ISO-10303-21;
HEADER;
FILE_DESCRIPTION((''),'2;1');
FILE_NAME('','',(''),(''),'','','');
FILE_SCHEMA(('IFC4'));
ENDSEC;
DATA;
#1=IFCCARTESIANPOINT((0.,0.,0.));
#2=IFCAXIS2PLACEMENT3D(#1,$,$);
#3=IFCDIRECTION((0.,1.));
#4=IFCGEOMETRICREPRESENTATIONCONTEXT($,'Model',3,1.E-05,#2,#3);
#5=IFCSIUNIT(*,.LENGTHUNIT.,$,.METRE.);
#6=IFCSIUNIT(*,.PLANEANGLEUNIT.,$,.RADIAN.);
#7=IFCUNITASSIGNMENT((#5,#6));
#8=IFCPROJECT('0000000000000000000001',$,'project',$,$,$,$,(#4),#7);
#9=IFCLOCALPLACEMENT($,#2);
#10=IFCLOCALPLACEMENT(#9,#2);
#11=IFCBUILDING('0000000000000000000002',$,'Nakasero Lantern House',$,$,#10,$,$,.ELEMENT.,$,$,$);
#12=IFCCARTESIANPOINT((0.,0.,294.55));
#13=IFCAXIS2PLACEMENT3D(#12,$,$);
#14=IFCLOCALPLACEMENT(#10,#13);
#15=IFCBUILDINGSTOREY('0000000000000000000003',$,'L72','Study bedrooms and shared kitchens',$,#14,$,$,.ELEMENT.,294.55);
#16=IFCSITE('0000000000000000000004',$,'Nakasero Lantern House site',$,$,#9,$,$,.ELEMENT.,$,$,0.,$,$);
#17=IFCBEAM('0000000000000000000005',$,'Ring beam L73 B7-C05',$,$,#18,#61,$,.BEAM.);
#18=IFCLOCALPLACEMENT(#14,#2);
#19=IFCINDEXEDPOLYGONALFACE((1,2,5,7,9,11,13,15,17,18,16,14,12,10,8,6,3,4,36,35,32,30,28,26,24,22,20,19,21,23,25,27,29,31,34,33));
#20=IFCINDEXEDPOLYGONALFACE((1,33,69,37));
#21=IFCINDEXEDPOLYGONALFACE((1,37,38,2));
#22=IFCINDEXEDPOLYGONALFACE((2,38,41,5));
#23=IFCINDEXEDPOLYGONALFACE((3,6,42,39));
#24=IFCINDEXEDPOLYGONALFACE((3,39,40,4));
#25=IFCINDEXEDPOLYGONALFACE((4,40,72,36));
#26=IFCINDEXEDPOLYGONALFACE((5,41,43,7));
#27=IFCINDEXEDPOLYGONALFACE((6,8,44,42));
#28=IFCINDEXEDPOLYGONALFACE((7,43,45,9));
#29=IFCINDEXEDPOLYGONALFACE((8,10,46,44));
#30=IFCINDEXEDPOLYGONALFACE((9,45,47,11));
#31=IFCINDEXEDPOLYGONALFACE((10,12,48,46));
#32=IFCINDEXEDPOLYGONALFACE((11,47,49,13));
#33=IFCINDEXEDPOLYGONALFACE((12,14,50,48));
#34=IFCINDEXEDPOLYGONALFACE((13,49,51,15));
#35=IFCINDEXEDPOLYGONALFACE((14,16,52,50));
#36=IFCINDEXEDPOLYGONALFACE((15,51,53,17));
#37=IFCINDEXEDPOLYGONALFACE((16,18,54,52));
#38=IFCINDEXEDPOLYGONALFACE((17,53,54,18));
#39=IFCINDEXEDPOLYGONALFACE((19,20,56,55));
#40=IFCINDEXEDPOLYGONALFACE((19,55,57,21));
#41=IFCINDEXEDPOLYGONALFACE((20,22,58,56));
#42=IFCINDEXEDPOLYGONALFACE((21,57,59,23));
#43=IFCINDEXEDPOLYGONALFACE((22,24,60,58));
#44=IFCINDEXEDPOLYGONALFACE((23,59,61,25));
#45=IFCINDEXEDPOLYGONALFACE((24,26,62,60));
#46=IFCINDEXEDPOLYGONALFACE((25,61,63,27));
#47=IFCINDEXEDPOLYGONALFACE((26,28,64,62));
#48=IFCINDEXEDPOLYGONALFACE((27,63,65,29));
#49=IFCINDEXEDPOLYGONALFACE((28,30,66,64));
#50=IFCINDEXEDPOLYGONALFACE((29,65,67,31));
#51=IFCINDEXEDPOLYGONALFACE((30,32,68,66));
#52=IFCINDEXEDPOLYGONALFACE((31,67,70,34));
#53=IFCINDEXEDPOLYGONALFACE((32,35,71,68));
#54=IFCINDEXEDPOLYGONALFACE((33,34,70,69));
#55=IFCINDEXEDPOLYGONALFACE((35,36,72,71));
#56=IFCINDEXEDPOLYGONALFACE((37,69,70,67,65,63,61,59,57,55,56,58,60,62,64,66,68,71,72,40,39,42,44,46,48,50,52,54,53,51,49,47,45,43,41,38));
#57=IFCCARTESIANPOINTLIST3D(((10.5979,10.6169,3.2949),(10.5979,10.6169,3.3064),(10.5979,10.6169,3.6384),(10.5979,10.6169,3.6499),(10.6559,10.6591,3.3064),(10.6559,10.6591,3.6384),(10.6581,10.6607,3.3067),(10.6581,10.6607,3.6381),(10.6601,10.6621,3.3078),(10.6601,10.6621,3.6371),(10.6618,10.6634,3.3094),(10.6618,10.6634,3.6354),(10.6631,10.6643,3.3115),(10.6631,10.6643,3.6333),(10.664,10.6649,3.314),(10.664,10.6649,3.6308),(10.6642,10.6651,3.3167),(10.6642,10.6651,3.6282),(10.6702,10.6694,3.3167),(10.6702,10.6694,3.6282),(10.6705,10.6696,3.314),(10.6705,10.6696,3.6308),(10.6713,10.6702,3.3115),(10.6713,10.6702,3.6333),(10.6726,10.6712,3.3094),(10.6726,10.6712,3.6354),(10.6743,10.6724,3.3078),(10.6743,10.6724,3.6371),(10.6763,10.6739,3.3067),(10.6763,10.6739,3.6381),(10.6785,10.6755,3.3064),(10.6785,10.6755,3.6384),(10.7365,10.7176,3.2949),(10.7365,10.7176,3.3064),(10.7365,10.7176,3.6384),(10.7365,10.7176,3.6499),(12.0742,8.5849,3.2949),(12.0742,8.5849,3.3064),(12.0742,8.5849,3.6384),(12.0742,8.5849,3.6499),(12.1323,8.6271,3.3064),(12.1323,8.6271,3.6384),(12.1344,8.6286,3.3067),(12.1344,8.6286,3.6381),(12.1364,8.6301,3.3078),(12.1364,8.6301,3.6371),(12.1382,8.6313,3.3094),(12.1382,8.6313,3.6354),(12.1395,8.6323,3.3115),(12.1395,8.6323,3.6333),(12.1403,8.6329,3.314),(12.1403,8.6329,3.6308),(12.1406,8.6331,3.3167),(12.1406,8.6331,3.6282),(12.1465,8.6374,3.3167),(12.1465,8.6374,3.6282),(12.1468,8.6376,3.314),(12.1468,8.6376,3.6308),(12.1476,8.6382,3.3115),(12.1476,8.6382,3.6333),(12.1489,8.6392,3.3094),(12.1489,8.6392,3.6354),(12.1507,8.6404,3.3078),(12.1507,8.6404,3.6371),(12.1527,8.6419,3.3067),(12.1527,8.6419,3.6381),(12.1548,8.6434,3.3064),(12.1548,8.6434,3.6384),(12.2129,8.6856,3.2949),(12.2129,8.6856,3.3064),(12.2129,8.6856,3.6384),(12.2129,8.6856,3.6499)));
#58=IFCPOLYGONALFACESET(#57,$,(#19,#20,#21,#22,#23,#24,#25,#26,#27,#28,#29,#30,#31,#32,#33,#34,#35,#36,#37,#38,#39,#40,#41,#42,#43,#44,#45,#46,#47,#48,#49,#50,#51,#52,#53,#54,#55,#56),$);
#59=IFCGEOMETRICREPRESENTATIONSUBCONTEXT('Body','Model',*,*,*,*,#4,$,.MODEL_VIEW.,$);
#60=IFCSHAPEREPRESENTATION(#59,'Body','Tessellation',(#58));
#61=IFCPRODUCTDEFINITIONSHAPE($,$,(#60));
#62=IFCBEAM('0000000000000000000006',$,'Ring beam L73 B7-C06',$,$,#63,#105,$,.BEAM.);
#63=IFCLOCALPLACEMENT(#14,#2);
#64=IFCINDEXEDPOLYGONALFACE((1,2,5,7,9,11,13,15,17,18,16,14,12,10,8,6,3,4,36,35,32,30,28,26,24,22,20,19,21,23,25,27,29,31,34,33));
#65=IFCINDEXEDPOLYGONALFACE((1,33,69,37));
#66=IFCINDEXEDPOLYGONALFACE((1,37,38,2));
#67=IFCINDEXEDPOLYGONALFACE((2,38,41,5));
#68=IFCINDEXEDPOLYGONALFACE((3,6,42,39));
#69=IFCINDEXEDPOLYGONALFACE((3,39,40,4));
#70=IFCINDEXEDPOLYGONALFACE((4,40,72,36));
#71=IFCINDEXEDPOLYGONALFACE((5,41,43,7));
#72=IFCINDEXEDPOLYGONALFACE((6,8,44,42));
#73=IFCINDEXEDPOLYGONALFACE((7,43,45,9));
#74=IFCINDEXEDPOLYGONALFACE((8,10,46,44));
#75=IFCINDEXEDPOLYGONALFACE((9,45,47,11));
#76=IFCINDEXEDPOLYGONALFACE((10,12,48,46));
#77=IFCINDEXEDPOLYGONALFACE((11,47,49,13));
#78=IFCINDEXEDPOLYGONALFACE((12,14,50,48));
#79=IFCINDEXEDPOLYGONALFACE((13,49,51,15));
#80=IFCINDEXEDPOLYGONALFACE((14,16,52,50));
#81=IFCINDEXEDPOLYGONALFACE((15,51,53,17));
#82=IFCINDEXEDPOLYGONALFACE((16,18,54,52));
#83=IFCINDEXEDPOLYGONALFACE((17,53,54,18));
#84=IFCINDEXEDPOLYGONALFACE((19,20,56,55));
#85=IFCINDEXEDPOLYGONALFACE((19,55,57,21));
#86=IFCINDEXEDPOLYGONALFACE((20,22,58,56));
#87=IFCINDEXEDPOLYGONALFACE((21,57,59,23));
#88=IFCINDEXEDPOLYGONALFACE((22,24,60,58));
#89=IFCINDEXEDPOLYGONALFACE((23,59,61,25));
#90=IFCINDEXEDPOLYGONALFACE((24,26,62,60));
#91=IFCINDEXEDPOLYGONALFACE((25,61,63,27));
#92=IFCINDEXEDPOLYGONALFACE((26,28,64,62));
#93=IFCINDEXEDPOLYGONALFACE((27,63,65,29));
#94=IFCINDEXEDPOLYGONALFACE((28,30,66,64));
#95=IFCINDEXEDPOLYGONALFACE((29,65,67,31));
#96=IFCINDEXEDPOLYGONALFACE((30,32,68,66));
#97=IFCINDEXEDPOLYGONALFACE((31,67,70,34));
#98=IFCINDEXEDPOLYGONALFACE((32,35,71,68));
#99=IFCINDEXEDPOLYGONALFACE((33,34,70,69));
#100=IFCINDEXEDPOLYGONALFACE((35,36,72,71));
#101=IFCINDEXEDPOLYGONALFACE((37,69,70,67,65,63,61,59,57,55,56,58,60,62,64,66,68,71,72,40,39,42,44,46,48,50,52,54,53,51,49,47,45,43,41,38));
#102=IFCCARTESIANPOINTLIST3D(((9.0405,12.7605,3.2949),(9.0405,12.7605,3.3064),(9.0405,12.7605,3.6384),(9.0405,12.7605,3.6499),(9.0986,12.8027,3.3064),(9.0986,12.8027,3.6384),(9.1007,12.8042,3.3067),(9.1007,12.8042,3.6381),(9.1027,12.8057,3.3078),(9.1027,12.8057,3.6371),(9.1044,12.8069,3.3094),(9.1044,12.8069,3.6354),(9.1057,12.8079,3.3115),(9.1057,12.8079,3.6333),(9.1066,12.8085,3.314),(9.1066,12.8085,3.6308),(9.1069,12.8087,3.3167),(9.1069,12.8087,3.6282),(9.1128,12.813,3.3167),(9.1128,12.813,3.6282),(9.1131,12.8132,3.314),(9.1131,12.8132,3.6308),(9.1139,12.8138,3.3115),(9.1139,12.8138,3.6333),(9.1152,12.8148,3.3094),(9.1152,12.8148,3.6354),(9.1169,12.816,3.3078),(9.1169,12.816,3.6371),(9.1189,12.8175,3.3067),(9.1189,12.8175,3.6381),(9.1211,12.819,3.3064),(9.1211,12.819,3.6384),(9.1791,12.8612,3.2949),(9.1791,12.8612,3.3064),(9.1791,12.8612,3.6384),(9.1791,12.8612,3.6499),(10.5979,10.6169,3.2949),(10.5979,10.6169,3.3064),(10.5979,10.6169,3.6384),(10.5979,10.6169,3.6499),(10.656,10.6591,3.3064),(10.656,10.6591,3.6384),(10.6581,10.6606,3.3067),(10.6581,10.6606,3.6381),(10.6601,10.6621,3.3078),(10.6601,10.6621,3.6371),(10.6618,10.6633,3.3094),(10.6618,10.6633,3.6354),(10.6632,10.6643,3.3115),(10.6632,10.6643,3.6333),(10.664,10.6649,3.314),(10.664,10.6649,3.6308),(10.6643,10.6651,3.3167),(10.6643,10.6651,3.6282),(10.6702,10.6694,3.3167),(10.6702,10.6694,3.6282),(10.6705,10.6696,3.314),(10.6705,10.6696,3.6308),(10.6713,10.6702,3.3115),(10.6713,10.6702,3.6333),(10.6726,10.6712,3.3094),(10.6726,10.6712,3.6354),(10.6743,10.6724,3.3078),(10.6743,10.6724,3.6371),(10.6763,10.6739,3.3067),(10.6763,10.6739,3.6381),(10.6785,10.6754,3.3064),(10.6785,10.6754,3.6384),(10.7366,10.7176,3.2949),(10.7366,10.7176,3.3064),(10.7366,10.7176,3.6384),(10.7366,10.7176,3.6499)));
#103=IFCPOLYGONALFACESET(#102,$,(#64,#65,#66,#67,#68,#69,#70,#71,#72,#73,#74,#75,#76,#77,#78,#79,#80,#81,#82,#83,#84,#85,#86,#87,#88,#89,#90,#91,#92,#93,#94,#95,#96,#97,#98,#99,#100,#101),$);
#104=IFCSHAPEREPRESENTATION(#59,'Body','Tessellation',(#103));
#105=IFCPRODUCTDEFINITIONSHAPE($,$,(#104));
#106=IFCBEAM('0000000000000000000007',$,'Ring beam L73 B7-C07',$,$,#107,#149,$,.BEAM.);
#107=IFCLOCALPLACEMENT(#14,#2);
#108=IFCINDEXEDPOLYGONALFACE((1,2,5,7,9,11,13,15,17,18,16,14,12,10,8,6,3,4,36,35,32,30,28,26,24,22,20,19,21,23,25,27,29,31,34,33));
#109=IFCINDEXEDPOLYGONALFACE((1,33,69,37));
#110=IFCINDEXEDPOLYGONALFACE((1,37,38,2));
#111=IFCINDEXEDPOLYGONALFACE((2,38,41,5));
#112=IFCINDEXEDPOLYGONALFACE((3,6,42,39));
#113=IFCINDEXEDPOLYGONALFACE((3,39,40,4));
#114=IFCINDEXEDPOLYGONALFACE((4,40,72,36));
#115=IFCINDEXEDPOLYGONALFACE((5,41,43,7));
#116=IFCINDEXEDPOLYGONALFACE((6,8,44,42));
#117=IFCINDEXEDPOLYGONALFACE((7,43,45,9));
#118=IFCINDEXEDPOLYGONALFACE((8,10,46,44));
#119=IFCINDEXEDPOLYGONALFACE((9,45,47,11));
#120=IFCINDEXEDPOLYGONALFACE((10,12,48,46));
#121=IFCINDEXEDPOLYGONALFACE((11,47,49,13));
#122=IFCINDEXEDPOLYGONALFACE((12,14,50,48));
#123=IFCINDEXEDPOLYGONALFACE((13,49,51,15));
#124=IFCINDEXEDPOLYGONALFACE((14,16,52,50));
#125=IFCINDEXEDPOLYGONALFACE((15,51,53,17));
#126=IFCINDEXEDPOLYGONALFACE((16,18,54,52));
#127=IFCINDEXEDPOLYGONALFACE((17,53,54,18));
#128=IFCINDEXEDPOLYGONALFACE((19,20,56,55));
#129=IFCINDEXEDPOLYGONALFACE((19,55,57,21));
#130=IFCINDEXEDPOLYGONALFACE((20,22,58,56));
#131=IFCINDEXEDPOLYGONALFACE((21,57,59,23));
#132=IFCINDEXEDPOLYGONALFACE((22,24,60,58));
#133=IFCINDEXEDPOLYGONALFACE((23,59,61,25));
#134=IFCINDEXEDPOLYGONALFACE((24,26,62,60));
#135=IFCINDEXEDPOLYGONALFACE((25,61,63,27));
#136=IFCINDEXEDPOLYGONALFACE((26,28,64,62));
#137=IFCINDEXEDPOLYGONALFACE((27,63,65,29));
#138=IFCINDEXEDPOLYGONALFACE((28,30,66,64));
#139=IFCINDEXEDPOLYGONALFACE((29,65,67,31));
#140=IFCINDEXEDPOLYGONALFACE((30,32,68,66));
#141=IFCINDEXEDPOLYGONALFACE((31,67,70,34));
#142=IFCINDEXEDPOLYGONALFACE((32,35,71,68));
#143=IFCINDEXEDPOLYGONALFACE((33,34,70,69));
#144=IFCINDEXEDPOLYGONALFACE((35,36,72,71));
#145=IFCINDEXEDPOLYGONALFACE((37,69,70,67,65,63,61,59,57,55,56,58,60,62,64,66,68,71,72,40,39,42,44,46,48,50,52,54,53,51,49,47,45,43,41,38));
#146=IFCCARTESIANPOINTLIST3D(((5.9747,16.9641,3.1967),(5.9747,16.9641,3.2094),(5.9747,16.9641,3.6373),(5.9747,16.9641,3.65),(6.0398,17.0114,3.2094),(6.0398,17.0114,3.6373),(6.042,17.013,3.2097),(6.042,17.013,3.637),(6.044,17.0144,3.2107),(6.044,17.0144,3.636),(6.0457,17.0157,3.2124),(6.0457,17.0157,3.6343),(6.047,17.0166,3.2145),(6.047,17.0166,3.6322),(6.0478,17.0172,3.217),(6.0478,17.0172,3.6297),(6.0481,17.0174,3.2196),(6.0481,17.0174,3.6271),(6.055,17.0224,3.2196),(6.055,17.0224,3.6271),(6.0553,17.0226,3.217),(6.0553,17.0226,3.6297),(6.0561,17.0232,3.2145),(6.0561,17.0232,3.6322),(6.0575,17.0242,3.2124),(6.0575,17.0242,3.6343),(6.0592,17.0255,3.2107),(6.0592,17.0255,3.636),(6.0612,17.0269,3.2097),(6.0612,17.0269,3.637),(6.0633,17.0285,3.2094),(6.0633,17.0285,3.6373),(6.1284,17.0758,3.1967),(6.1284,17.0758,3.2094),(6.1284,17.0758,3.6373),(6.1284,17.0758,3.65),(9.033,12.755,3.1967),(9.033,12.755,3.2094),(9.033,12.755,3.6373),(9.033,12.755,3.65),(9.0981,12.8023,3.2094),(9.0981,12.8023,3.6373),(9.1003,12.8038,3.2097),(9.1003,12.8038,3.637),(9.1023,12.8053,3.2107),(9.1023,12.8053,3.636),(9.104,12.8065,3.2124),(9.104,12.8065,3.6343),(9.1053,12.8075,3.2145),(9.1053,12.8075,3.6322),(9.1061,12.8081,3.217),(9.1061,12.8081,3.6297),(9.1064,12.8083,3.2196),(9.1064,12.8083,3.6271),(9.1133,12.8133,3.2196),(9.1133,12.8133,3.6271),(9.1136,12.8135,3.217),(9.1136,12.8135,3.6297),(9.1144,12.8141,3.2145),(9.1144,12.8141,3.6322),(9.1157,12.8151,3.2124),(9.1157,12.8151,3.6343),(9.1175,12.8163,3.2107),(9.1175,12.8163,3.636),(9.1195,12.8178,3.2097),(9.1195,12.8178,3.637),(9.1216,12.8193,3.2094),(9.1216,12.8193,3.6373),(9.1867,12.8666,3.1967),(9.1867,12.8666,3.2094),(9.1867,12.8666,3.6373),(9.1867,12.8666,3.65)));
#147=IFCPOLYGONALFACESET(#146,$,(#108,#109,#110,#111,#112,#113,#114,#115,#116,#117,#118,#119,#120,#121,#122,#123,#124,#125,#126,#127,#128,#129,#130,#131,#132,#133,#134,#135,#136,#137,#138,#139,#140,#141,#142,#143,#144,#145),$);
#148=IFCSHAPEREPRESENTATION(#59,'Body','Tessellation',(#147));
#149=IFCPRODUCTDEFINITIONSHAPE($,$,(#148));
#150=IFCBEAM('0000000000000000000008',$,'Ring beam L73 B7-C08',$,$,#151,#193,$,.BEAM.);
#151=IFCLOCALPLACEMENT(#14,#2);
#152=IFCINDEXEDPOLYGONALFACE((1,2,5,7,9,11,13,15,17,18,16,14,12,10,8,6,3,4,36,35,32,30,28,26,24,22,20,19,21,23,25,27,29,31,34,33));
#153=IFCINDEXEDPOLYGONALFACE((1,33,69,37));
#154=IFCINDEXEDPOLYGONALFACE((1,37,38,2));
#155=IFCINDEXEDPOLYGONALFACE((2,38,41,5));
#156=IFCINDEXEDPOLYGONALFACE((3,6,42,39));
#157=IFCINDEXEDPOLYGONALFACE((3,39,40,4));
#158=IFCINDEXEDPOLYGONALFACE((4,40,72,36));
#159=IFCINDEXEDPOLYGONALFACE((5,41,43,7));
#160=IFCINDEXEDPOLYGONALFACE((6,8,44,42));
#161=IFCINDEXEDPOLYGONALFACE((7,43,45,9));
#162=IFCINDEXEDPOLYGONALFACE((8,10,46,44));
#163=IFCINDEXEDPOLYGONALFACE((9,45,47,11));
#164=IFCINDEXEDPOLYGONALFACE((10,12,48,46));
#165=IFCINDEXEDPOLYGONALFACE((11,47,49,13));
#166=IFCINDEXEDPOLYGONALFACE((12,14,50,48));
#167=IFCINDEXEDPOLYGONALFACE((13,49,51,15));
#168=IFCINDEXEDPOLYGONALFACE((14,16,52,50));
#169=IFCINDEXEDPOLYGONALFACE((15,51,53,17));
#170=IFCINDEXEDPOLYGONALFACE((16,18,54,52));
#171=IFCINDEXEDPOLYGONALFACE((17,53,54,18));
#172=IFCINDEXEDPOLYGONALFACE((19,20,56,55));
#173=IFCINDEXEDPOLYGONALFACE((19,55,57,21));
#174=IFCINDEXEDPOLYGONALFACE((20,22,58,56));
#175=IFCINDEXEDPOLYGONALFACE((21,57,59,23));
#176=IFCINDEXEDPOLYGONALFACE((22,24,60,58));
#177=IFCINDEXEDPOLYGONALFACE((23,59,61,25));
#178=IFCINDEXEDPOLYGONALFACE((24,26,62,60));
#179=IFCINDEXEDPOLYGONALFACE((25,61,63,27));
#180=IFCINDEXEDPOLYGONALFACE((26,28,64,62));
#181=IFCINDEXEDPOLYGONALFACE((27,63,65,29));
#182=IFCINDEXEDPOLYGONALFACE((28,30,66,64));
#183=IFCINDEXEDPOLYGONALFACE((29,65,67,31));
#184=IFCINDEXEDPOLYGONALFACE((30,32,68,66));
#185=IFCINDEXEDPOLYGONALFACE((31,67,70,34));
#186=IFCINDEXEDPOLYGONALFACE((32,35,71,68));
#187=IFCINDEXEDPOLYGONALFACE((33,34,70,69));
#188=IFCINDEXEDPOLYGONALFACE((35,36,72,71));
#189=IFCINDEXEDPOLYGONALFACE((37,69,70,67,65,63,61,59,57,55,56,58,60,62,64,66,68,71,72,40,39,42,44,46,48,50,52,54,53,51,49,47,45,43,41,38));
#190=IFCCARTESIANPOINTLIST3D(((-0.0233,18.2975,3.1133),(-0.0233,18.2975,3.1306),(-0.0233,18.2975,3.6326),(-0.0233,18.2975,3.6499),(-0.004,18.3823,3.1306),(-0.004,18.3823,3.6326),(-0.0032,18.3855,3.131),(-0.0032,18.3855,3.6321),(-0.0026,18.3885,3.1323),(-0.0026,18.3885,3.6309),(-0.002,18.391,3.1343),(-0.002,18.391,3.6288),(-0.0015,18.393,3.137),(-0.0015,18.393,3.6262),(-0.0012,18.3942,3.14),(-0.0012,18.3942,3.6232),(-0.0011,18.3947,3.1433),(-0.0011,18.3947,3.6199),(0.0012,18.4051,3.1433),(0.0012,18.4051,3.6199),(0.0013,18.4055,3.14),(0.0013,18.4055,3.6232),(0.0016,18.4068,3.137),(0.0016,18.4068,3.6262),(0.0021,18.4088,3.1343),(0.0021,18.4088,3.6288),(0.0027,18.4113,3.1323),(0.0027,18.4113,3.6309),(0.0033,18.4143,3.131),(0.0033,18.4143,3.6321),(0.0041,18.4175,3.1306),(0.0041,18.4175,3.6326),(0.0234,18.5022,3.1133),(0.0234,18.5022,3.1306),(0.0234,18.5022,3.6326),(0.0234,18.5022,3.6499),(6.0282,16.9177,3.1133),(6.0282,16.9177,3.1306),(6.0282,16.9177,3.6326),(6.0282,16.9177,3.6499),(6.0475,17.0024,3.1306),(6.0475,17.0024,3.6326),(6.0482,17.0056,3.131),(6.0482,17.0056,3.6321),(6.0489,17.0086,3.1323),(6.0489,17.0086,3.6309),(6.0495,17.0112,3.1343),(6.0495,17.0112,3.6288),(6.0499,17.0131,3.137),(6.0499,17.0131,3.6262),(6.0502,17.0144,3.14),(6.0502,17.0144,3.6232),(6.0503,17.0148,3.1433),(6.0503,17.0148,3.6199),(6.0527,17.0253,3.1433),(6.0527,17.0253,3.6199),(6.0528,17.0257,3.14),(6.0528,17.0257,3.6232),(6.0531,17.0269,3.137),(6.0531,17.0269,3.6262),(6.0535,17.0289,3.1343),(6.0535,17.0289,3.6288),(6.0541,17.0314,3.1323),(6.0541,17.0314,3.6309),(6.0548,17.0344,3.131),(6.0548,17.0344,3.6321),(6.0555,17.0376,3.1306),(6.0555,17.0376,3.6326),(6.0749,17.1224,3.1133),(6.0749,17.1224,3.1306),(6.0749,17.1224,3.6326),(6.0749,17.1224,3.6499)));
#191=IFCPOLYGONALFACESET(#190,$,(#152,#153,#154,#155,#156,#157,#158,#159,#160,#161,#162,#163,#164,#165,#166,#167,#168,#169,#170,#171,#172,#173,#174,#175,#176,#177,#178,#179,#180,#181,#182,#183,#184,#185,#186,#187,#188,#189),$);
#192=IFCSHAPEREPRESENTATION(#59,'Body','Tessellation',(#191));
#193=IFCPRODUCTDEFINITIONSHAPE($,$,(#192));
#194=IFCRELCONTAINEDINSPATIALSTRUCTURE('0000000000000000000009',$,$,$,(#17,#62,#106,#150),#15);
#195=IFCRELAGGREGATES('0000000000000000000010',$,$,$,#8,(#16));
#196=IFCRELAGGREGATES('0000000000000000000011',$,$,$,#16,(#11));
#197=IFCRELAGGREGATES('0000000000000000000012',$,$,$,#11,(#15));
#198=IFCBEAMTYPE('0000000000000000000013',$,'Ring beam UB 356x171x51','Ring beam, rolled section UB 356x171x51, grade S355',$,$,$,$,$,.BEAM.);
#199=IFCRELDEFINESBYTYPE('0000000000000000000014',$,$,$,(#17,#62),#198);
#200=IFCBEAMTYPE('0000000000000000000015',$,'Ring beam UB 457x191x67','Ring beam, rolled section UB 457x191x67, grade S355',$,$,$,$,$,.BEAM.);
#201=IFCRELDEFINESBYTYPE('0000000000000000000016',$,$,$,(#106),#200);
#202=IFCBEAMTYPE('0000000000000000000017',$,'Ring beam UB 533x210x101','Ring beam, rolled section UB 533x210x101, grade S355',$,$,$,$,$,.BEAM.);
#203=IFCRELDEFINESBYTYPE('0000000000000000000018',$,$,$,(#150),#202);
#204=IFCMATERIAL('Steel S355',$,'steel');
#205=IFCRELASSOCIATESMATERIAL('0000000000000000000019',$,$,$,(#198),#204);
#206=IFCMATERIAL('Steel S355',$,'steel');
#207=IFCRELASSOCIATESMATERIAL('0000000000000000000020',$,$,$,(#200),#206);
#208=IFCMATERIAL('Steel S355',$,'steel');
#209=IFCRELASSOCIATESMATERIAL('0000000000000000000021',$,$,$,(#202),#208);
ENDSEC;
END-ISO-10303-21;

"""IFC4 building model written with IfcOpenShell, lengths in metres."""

from ifc_helpers import new_model, si_unit, direction, frame, origin, origin_2d, place, context, subcontext, project, spatial, i_section, extrude, material, material_profile, profile_set, type_object, element, save


model = new_model("IFC4")

# Units and contexts
model_context = context("Model", 3, precision=1e-05, world=origin(), true_north=direction((0.0, 1.0)))
body_context = subcontext(model_context, "Body", "Model", "MODEL_VIEW")
ifc_project = project(units=[si_unit("LENGTHUNIT", "METRE"), si_unit("PLANEANGLEUNIT", "RADIAN")], contexts=[model_context])

# Site, building, storey
site_placement = place(None, origin())
site = spatial("IfcSite", under=ifc_project, at=site_placement, Name="Nakasero Lantern House site", CompositionType="ELEMENT", RefElevation=0.0)
building_placement = place(site_placement, origin())
building = spatial("IfcBuilding", under=site, at=building_placement, Name="Nakasero Lantern House", CompositionType="ELEMENT")
storey_placement = place(building_placement, frame((0.0, 0.0, 294.55)))
storey = spatial("IfcBuildingStorey", under=building, at=storey_placement, Name="L72", Description="Study bedrooms and shared kitchens", CompositionType="ELEMENT", Elevation=294.55)

# Beams
ifc_material_1 = material(Name="Steel S355", Category="steel")
ifc_material_profile_1 = material_profile(ifc_material_1, i_section(OverallWidth=0.1714, OverallDepth=0.355, WebThickness=0.0073, FlangeThickness=0.0115, FilletRadius=0.0103, at=origin_2d()), Name="UB 356x171x51")
ifc_profile_set_1 = profile_set([ifc_material_profile_1], Name="Steel S355")
beam_type_1 = type_object("IfcBeamType", Name="Ring beam UB 356x171x51", Description="Ring beam, rolled section UB 356x171x51, grade S355", PredefinedType="BEAM", material=ifc_profile_set_1)
beam_1_placement = place(storey_placement, frame((12.1436, 8.6353, 3.4724), z_axis=(-0.587784, 0.809018, 0.0), x_axis=(-0.809018, -0.587784, 0.0)))
element("IfcBeam", 1, at=beam_1_placement, inside=storey, type_object=beam_type_1, Name="Ring beam L73 B7-C05", PredefinedType="BEAM", context=body_context, shape_type="SweptSolid", body=[
    extrude(i_section(OverallWidth=0.1714, OverallDepth=0.355, WebThickness=0.0073, FlangeThickness=0.0115, FilletRadius=0.0103, at=origin_2d()), origin(), (0.0, 0.0, 1.0), 2.5117),
])
beam_2_placement = place(storey_placement, frame((10.6672, 10.6672, 3.4724), z_axis=(-0.587783, 0.809019, 0.0), x_axis=(-0.809019, -0.587783, 0.0)))
element("IfcBeam", 2, at=beam_2_placement, inside=storey, type_object=beam_type_1, Name="Ring beam L73 B7-C06", PredefinedType="BEAM", context=body_context, shape_type="SweptSolid", body=[
    extrude(i_section(OverallWidth=0.1714, OverallDepth=0.355, WebThickness=0.0073, FlangeThickness=0.0115, FilletRadius=0.0103, at=origin_2d()), origin(), (0.0, 0.0, 1.0), 2.6497),
])
ifc_material_2 = material(Name="Steel S355", Category="steel")
ifc_material_profile_2 = material_profile(ifc_material_2, i_section(OverallWidth=0.1899, OverallDepth=0.4534, WebThickness=0.0085, FlangeThickness=0.0127, FilletRadius=0.0103, at=origin_2d()), Name="UB 457x191x67")
ifc_profile_set_2 = profile_set([ifc_material_profile_2], Name="Steel S355")
beam_type_2 = type_object("IfcBeamType", Name="Ring beam UB 457x191x67", Description="Ring beam, rolled section UB 457x191x67, grade S355", PredefinedType="BEAM", material=ifc_profile_set_2)
beam_3_placement = place(storey_placement, frame((9.1099, 12.8108, 3.4233), z_axis=(-0.587806, 0.809002, 0.0), x_axis=(-0.809002, -0.587806, 0.0)))
element("IfcBeam", 3, at=beam_3_placement, inside=storey, type_object=beam_type_2, Name="Ring beam L73 B7-C07", PredefinedType="BEAM", context=body_context, shape_type="SweptSolid", body=[
    extrude(i_section(OverallWidth=0.1899, OverallDepth=0.4534, WebThickness=0.0085, FlangeThickness=0.0127, FilletRadius=0.0103, at=origin_2d()), origin(), (0.0, 0.0, 1.0), 5.2029),
])
ifc_material_3 = material(Name="Steel S355", Category="steel")
ifc_material_profile_3 = material_profile(ifc_material_3, i_section(OverallWidth=0.21, OverallDepth=0.5366, WebThickness=0.0107, FlangeThickness=0.0173, FilletRadius=0.0127, at=origin_2d()), Name="UB 533x210x101")
ifc_profile_set_3 = profile_set([ifc_material_profile_3], Name="Steel S355")
beam_type_3 = type_object("IfcBeamType", Name="Ring beam UB 533x210x101", Description="Ring beam, rolled section UB 533x210x101, grade S355", PredefinedType="BEAM", material=ifc_profile_set_3)
beam_4_placement = place(storey_placement, frame((6.0515, 17.02, 3.3816), z_axis=(-0.974975, 0.222316, 0.0), x_axis=(-0.222316, -0.974975, 0.0)))
element("IfcBeam", 4, at=beam_4_placement, inside=storey, type_object=beam_type_3, Name="Ring beam L73 B7-C08", PredefinedType="BEAM", context=body_context, shape_type="SweptSolid", body=[
    extrude(i_section(OverallWidth=0.21, OverallDepth=0.5366, WebThickness=0.0107, FlangeThickness=0.0173, FilletRadius=0.0127, at=origin_2d()), origin(), (0.0, 0.0, 1.0), 6.2068),
])

save(model, "model.ifc")
